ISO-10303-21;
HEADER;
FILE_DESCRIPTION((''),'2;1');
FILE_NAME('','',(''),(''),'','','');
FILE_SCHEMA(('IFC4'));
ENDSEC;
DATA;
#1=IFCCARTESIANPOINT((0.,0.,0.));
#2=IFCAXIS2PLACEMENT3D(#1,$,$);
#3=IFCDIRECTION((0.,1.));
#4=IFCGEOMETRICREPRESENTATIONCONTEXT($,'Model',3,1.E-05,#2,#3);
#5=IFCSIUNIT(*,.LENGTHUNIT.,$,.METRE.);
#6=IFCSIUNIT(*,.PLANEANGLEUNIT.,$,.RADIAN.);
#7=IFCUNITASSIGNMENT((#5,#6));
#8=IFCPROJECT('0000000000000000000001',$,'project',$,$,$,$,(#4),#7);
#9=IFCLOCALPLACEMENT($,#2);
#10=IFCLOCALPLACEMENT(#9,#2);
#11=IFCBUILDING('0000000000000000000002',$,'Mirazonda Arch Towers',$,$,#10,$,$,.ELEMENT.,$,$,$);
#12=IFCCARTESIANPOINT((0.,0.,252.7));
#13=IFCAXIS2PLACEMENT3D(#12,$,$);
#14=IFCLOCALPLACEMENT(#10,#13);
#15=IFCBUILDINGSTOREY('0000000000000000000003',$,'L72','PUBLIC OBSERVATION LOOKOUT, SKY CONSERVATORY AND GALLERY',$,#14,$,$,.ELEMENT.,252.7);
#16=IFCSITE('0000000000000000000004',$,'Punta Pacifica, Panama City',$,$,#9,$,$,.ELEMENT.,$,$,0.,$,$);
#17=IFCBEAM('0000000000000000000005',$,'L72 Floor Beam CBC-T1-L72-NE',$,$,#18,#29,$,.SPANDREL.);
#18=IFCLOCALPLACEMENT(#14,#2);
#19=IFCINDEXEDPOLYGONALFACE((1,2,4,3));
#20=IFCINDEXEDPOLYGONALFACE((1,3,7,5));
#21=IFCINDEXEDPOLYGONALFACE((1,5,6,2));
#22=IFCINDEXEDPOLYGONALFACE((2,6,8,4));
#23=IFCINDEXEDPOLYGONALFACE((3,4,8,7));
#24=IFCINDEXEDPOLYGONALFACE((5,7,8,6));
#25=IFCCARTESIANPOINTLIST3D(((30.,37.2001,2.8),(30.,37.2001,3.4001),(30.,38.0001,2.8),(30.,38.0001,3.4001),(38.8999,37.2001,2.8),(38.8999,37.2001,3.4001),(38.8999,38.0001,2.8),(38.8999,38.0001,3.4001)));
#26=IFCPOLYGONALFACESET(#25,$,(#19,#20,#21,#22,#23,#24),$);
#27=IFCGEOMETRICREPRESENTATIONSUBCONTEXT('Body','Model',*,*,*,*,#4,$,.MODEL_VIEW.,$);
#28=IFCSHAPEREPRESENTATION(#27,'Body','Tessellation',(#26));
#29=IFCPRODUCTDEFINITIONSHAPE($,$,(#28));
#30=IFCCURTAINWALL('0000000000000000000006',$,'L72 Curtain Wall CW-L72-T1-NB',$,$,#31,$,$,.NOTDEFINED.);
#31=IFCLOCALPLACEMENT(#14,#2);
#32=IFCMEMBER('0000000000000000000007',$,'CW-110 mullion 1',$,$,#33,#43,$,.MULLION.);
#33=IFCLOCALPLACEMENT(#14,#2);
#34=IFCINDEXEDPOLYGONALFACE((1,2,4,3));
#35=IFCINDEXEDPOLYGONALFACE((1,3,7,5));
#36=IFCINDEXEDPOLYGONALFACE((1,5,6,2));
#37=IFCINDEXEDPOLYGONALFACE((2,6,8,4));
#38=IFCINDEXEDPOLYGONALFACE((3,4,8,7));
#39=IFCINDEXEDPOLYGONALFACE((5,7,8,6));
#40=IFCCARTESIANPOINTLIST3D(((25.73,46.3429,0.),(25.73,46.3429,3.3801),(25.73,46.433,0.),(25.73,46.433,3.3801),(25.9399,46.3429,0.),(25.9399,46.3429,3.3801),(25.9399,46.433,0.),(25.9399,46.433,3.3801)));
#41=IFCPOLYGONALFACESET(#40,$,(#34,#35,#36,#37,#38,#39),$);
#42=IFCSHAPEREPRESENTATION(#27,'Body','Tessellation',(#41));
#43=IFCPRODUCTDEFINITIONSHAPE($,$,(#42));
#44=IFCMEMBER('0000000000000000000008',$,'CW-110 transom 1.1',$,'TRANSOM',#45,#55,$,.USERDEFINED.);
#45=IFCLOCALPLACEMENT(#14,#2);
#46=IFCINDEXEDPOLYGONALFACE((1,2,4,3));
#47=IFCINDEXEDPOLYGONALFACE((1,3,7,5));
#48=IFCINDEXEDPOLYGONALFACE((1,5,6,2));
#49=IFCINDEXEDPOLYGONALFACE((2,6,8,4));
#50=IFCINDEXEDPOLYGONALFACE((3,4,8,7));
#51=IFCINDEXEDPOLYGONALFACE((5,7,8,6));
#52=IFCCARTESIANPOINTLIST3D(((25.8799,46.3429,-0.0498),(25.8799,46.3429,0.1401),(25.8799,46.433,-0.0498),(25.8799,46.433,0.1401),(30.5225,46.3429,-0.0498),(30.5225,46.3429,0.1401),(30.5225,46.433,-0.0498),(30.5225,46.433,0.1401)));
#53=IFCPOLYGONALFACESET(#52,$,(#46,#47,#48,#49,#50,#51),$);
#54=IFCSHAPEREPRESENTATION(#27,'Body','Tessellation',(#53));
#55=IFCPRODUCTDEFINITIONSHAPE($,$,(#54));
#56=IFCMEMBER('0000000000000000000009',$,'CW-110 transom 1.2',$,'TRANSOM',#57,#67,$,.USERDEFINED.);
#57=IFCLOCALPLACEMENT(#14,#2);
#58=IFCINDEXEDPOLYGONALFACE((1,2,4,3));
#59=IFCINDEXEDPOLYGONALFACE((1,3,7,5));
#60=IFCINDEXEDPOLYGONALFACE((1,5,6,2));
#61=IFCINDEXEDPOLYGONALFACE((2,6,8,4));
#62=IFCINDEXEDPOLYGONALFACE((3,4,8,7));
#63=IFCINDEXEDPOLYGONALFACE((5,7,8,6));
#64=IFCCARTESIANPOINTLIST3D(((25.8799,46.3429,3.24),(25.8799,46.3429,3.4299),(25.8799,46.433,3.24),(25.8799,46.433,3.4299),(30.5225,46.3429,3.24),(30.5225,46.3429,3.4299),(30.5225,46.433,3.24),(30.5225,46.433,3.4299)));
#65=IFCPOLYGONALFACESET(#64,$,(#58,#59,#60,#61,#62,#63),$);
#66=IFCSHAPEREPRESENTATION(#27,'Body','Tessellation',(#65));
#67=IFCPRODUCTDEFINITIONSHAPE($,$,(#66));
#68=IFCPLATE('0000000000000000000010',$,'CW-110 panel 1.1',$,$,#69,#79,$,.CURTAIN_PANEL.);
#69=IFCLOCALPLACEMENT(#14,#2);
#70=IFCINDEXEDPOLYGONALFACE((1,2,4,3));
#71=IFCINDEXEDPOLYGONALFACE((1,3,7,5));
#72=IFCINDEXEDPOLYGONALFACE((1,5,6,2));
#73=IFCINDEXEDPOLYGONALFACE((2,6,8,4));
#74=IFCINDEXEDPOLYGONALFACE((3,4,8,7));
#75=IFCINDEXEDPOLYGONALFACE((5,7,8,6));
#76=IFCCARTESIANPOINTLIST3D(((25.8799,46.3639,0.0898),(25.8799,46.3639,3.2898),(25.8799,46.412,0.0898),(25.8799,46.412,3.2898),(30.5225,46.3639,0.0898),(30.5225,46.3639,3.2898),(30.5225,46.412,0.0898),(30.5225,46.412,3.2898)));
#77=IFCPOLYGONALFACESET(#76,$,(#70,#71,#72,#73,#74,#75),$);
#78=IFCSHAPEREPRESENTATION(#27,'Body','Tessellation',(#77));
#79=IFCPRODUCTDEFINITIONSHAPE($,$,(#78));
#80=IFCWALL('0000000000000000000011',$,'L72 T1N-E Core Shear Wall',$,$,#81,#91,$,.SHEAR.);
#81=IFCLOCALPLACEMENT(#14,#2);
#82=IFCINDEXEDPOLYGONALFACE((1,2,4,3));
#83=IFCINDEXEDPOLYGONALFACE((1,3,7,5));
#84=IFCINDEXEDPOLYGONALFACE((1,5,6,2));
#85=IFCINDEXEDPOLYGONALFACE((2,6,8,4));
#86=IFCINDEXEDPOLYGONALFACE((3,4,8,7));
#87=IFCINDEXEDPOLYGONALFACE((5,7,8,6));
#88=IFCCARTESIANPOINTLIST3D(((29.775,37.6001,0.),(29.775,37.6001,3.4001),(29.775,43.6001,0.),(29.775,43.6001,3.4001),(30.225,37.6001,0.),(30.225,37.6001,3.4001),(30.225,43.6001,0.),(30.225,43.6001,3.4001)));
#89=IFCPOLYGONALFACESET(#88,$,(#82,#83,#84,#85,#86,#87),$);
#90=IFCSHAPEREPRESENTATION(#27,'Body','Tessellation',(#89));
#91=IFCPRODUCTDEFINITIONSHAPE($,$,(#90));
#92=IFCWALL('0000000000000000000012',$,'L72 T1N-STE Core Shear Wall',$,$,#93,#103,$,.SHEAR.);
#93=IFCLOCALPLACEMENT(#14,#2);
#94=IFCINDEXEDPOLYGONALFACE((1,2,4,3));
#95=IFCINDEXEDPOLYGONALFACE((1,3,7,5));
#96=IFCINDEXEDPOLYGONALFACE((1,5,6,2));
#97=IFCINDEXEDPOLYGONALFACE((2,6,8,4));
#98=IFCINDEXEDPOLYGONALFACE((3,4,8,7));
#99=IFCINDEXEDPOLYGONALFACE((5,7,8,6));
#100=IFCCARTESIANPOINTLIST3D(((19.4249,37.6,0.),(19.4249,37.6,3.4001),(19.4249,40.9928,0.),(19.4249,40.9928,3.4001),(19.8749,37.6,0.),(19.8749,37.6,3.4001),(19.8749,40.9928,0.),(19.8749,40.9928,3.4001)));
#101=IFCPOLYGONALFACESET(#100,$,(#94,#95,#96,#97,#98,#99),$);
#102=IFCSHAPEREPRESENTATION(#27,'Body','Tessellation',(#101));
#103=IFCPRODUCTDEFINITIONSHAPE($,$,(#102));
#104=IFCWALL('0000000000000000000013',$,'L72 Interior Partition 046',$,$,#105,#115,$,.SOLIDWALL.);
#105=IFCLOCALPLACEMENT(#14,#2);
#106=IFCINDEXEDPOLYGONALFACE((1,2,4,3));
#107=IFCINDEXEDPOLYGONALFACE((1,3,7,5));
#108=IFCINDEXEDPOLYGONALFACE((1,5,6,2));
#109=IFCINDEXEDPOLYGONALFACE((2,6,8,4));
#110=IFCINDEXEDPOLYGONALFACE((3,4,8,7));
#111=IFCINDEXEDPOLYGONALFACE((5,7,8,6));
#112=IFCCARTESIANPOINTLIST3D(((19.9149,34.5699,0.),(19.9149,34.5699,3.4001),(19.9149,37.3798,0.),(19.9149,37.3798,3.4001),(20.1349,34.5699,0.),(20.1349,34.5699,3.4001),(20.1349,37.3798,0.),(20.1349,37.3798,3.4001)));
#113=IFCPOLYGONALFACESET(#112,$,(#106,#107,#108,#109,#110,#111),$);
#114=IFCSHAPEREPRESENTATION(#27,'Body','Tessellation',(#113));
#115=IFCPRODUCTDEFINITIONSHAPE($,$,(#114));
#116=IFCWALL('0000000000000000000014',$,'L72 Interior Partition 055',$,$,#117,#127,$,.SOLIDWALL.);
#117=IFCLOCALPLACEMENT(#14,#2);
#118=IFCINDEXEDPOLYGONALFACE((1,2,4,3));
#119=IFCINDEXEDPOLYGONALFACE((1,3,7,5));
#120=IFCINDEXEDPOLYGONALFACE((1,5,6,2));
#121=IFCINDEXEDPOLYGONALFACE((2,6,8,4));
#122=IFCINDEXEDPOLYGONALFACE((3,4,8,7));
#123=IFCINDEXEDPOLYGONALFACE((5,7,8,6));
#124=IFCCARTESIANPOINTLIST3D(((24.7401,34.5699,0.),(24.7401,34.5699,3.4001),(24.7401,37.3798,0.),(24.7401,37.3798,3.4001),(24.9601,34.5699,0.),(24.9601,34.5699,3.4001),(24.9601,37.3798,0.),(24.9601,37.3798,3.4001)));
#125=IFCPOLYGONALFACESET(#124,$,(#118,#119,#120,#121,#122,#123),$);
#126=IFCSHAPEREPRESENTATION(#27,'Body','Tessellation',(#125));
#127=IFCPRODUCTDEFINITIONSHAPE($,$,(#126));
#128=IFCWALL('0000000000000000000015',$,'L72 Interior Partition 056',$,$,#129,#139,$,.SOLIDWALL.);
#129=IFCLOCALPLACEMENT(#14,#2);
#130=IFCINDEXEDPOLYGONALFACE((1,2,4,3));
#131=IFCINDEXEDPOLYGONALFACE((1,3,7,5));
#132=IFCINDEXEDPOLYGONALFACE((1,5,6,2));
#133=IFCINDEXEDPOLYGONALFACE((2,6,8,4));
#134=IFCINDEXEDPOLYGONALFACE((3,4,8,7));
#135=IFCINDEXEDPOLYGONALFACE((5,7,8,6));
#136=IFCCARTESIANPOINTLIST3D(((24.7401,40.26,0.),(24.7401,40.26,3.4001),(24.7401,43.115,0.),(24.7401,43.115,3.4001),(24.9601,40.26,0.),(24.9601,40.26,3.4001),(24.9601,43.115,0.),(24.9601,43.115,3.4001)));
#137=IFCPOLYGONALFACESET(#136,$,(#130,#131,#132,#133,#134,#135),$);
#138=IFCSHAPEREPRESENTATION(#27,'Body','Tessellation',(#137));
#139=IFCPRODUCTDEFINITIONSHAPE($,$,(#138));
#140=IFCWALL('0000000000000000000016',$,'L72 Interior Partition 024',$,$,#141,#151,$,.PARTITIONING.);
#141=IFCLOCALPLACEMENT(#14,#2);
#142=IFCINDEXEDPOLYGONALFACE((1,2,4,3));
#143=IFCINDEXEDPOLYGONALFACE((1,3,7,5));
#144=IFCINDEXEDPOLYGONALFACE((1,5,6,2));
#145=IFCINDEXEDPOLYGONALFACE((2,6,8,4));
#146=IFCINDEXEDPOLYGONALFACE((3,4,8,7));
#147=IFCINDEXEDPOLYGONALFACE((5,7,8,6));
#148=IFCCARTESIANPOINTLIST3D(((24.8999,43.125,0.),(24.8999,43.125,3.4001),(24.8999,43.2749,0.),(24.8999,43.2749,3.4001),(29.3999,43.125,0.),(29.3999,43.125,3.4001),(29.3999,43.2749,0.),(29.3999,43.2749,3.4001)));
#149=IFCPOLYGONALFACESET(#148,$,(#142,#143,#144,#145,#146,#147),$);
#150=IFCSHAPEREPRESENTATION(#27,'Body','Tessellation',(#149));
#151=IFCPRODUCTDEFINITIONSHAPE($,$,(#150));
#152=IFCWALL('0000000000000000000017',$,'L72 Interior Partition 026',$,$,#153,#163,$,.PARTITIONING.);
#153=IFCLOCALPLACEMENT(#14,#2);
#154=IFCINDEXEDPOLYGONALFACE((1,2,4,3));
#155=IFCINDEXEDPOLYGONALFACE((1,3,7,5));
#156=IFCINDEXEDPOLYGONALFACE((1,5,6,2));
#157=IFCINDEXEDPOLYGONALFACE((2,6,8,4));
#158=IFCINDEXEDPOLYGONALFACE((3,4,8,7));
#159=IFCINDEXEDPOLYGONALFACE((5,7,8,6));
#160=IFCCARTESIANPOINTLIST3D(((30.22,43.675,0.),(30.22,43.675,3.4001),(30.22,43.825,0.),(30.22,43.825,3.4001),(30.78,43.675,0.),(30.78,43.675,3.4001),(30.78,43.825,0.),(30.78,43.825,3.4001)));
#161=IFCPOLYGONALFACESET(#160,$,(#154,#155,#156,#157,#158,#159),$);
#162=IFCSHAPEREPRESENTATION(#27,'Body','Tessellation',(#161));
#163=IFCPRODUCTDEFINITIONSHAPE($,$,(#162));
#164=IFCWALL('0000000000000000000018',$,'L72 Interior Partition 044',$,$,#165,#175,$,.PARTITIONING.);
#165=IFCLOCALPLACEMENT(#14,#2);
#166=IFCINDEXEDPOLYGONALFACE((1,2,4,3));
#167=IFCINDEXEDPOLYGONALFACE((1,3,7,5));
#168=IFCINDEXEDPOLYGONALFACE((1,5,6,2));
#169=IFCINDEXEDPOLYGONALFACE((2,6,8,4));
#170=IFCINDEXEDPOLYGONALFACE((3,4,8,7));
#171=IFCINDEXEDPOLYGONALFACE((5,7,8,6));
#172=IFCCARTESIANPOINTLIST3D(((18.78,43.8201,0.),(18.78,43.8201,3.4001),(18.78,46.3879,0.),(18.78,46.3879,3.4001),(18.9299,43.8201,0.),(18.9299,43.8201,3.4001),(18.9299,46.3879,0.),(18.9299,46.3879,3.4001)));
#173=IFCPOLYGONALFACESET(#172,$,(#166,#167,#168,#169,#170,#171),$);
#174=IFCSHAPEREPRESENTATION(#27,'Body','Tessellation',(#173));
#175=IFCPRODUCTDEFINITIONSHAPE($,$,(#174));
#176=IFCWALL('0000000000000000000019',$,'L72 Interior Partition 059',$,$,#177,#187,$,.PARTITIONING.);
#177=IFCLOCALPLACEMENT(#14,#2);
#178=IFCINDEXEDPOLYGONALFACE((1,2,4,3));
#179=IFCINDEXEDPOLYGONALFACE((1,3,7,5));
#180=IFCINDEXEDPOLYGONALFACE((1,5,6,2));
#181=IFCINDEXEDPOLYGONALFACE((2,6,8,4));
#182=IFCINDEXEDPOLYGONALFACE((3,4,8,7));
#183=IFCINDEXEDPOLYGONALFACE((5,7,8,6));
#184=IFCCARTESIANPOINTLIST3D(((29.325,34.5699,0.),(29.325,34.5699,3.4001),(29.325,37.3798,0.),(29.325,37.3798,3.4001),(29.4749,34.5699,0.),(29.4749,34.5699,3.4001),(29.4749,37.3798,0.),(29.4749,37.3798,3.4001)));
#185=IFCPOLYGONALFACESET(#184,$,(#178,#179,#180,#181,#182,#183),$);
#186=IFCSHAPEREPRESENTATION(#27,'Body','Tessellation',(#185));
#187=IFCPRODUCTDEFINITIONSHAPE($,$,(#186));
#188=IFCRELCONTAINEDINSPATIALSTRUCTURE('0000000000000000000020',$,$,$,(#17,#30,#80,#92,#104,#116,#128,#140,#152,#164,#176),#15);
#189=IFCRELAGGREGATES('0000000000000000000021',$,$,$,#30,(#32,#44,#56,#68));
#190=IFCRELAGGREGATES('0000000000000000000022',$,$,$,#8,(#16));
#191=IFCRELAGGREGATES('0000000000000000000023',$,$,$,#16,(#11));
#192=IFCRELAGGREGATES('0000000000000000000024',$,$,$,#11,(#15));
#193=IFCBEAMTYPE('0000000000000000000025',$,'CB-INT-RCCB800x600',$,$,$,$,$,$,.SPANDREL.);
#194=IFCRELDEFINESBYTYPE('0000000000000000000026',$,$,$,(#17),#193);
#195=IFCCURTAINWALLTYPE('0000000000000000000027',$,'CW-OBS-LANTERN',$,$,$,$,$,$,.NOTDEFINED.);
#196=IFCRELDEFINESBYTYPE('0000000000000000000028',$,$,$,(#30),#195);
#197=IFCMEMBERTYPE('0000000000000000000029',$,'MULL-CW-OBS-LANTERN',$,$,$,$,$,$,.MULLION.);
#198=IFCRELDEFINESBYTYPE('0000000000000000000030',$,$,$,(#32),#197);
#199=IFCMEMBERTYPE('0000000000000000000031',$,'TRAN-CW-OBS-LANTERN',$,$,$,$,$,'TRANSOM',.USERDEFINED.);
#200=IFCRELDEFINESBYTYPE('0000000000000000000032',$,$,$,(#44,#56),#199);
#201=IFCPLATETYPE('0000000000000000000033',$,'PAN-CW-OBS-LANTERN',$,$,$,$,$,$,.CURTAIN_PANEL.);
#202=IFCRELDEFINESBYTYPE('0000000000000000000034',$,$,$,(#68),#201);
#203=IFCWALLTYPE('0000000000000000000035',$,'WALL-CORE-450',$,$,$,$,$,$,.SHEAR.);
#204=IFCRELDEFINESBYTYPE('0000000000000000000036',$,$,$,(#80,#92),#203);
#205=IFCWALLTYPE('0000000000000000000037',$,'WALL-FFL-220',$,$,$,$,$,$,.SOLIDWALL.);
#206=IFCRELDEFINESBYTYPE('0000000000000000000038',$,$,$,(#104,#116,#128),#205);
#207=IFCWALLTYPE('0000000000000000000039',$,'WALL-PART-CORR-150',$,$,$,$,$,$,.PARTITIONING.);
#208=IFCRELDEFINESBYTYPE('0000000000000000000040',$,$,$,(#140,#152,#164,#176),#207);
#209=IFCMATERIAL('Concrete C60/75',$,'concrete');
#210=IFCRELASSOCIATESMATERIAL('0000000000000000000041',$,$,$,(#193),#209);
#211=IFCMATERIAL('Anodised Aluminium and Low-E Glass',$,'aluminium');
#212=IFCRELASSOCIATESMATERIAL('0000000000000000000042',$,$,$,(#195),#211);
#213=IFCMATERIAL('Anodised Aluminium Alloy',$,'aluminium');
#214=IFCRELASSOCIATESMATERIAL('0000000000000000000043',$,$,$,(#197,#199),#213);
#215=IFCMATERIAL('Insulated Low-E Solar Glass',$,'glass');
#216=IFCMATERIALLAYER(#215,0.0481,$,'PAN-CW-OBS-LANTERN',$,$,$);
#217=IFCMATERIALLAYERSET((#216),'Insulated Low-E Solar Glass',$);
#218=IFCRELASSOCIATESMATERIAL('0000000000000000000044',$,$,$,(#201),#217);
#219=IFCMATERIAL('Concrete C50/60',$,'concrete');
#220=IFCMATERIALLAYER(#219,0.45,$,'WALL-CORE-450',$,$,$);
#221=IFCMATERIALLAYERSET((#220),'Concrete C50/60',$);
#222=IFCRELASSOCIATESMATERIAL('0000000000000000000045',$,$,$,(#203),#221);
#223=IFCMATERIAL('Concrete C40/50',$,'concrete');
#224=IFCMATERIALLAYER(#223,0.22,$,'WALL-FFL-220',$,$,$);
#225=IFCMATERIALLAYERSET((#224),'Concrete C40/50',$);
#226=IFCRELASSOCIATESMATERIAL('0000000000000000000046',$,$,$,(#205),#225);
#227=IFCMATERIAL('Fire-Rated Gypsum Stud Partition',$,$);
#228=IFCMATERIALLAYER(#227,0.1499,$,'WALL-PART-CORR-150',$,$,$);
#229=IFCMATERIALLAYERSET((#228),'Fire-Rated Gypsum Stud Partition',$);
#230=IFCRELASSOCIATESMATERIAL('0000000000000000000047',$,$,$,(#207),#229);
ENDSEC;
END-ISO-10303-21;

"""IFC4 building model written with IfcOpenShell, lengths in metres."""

from ifc_helpers import new_model, si_unit, direction, frame, frame_2d, origin, origin_2d, place, context, subcontext, project, spatial, rectangle, extrude, material, layer, layer_set, material_profile, profile_set, type_object, element, aggregate, save


model = new_model("IFC4")

# Units and contexts
model_context = context("Model", 3, precision=1e-05, world=origin(), true_north=direction((0.0, 1.0)))
body_context = subcontext(model_context, "Body", "Model", "MODEL_VIEW")
ifc_project = project(units=[si_unit("LENGTHUNIT", "METRE"), si_unit("PLANEANGLEUNIT", "RADIAN")], contexts=[model_context])

# Site, building, storey
site_placement = place(None, origin())
site = spatial("IfcSite", under=ifc_project, at=site_placement, Name="Punta Pacifica, Panama City", CompositionType="ELEMENT", RefElevation=0.0)
building_placement = place(site_placement, origin())
building = spatial("IfcBuilding", under=site, at=building_placement, Name="Mirazonda Arch Towers", CompositionType="ELEMENT")
storey_placement = place(building_placement, frame((0.0, 0.0, 252.7)))
storey = spatial("IfcBuildingStorey", under=building, at=storey_placement, Name="L72", Description="PUBLIC OBSERVATION LOOKOUT, SKY CONSERVATORY AND GALLERY", CompositionType="ELEMENT", Elevation=252.7)

# Shared definitions
ifc_material_1 = material(Name="Concrete C50/60", Category="concrete")

# Beam
ifc_material_2 = material(Name="Concrete C60/75", Category="concrete")
ifc_material_profile_1 = material_profile(ifc_material_2, rectangle(XDim=0.8, YDim=0.6001, at=origin_2d()), Name="RCCB800x600")
ifc_profile_set_1 = profile_set([ifc_material_profile_1], Name="Concrete C60/75")
beam_type_1 = type_object("IfcBeamType", Name="CB-INT-RCCB800x600", PredefinedType="SPANDREL", material=ifc_profile_set_1)
beam_1_placement = place(storey_placement, frame((30.0, 37.6001, 3.1001), z_axis=(1.0, 0.0, 0.0), x_axis=(0.0, 1.0, 0.0)))
element("IfcBeam", 1, at=beam_1_placement, inside=storey, type_object=beam_type_1, Name="L72 Floor Beam CBC-T1-L72-NE", PredefinedType="SPANDREL", context=body_context, shape_type="SweptSolid", body=[
    extrude(rectangle(XDim=0.8, YDim=0.6001, at=origin_2d()), origin(), (0.0, 0.0, 1.0), 8.8999),
])

# Curtain wall, members, plate
ifc_material_3 = material(Name="Anodised Aluminium and Low-E Glass", Category="aluminium")
curtain_wall_type = type_object("IfcCurtainWallType", Name="CW-OBS-LANTERN", PredefinedType="NOTDEFINED", material=ifc_material_3)
curtain_wall_placement = place(storey_placement, origin())
curtain_wall = element("IfcCurtainWall", 2, at=curtain_wall_placement, inside=storey, type_object=curtain_wall_type, Name="L72 Curtain Wall CW-L72-T1-NB", PredefinedType="NOTDEFINED")
ifc_material_4 = material(Name="Anodised Aluminium Alloy", Category="aluminium")
ifc_material_profile_2 = material_profile(ifc_material_4, rectangle(XDim=0.0901, YDim=0.21, at=origin_2d()), Name="ALU-MULL-90x210")
ifc_profile_set_2 = profile_set([ifc_material_profile_2], Name="Anodised Aluminium Alloy")
member_type_1 = type_object("IfcMemberType", Name="MULL-CW-OBS-LANTERN", PredefinedType="MULLION", material=ifc_profile_set_2)
member_1_placement = place(storey_placement, frame((25.835, 46.3879, 0.0), z_axis=(0.0, 0.0, 1.0), x_axis=(0.0, 1.0, 0.0)))
member_1 = element("IfcMember", 3, at=member_1_placement, type_object=member_type_1, Name="CW-110 mullion 1", PredefinedType="MULLION", context=body_context, shape_type="SweptSolid", body=[
    extrude(rectangle(XDim=0.0901, YDim=0.21, at=origin_2d()), origin(), (0.0, 0.0, 1.0), 3.3801),
])
ifc_material_profile_3 = material_profile(ifc_material_4, rectangle(XDim=0.0901, YDim=0.1899, at=origin_2d()), Name="ALU-TRAN-90x190")
ifc_profile_set_3 = profile_set([ifc_material_profile_3], Name="Anodised Aluminium Alloy")
member_type_2 = type_object("IfcMemberType", Name="TRAN-CW-OBS-LANTERN", ElementType="TRANSOM", PredefinedType="USERDEFINED", material=ifc_profile_set_3)
member_2_placement = place(storey_placement, frame((25.8799, 46.3879, 0.0452), z_axis=(1.0, 0.0, 0.0), x_axis=(0.0, 1.0, 0.0)))
member_2 = element("IfcMember", 4, at=member_2_placement, type_object=member_type_2, Name="CW-110 transom 1.1", ObjectType="TRANSOM", PredefinedType="USERDEFINED", context=body_context, shape_type="SweptSolid", body=[
    extrude(rectangle(XDim=0.0901, YDim=0.1899, at=origin_2d()), origin(), (0.0, 0.0, 1.0), 4.6426),
])
member_3_placement = place(storey_placement, frame((25.8799, 46.3879, 3.335), z_axis=(1.0, 0.0, 0.0), x_axis=(0.0, 1.0, 0.0)))
member_3 = element("IfcMember", 5, at=member_3_placement, type_object=member_type_2, Name="CW-110 transom 1.2", ObjectType="TRANSOM", PredefinedType="USERDEFINED", context=body_context, shape_type="SweptSolid", body=[
    extrude(rectangle(XDim=0.0901, YDim=0.1899, at=origin_2d()), origin(), (0.0, 0.0, 1.0), 4.6426),
])
ifc_material_5 = material(Name="Insulated Low-E Solar Glass", Category="glass")
ifc_layer_1 = layer(ifc_material_5, 0.0481, Name="PAN-CW-OBS-LANTERN")
ifc_layer_set_1 = layer_set([ifc_layer_1], Name="Insulated Low-E Solar Glass")
plate_type = type_object("IfcPlateType", Name="PAN-CW-OBS-LANTERN", PredefinedType="CURTAIN_PANEL", material=ifc_layer_set_1)
plate_placement = place(storey_placement, frame((28.2012, 46.3879, 0.0898), z_axis=(0.0, 0.0, 1.0), x_axis=(1.0, 0.0, 0.0)))
plate = element("IfcPlate", 6, at=plate_placement, type_object=plate_type, Name="CW-110 panel 1.1", PredefinedType="CURTAIN_PANEL", context=body_context, shape_type="SweptSolid", body=[
    extrude(rectangle(XDim=4.6426, YDim=0.0481, at=origin_2d()), origin(), (0.0, 0.0, 1.0), 3.2),
])
aggregate(curtain_wall, [member_1, member_2, member_3, plate])

# Walls
ifc_layer_2 = layer(ifc_material_1, 0.45, Name="WALL-CORE-450")
ifc_layer_set_2 = layer_set([ifc_layer_2], Name="Concrete C50/60")
wall_type_1 = type_object("IfcWallType", Name="WALL-CORE-450", PredefinedType="SHEAR", material=ifc_layer_set_2)
wall_1_placement = place(storey_placement, frame((30.0, 37.6001, 0.0), z_axis=(0.0, 0.0, 1.0), x_axis=(0.0, 1.0, 0.0)))
element("IfcWall", 7, at=wall_1_placement, inside=storey, type_object=wall_type_1, Name="L72 T1N-E Core Shear Wall", PredefinedType="SHEAR", context=body_context, shape_type="SweptSolid", body=[
    extrude(rectangle(XDim=6.0, YDim=0.45, at=frame_2d((3.0, 0.0))), origin(), (0.0, 0.0, 1.0), 3.4001),
])
wall_2_placement = place(storey_placement, frame((19.6499, 37.6001, 0.0), z_axis=(0.0, 0.0, 1.0), x_axis=(0.0, 1.0, 0.0)))
element("IfcWall", 8, at=wall_2_placement, inside=storey, type_object=wall_type_1, Name="L72 T1N-STE Core Shear Wall", PredefinedType="SHEAR", context=body_context, shape_type="SweptSolid", body=[
    extrude(rectangle(XDim=3.3928, YDim=0.45, at=frame_2d((1.6963, 0.0))), origin(), (0.0, 0.0, 1.0), 3.4001),
])
ifc_material_6 = material(Name="Concrete C40/50", Category="concrete")
ifc_layer_3 = layer(ifc_material_6, 0.22, Name="WALL-FFL-220")
ifc_layer_set_3 = layer_set([ifc_layer_3], Name="Concrete C40/50")
wall_type_2 = type_object("IfcWallType", Name="WALL-FFL-220", PredefinedType="SOLIDWALL", material=ifc_layer_set_3)
for number, where, z_axis, x_axis, name in (
    (9, (20.0249, 34.5701, 0.0), (0.0, 0.0, 1.0), (0.0, 1.0, 0.0), "L72 Interior Partition 046"),
    (10, (24.8501, 34.5701, 0.0), (0.0, 0.0, 1.0), (0.0, 1.0, 0.0), "L72 Interior Partition 055"),
):
    element("IfcWall", number, at=place(storey_placement, frame(where, z_axis=z_axis, x_axis=x_axis)), inside=storey, type_object=wall_type_2, Name=name, PredefinedType="SOLIDWALL", context=body_context, shape_type="SweptSolid", body=[
        extrude(rectangle(XDim=2.8098, YDim=0.22, at=frame_2d((1.4048, 0.0))), origin(), (0.0, 0.0, 1.0), 3.4001),
    ])
wall_3_placement = place(storey_placement, frame((24.8501, 40.26, 0.0), z_axis=(0.0, 0.0, 1.0), x_axis=(0.0, 1.0, 0.0)))
element("IfcWall", 11, at=wall_3_placement, inside=storey, type_object=wall_type_2, Name="L72 Interior Partition 056", PredefinedType="SOLIDWALL", context=body_context, shape_type="SweptSolid", body=[
    extrude(rectangle(XDim=2.855, YDim=0.22, at=frame_2d((1.4275, 0.0))), origin(), (0.0, 0.0, 1.0), 3.4001),
])
ifc_material_7 = material(Name="Fire-Rated Gypsum Stud Partition")
ifc_layer_4 = layer(ifc_material_7, 0.1499, Name="WALL-PART-CORR-150")
ifc_layer_set_4 = layer_set([ifc_layer_4], Name="Fire-Rated Gypsum Stud Partition")
wall_type_3 = type_object("IfcWallType", Name="WALL-PART-CORR-150", PredefinedType="PARTITIONING", material=ifc_layer_set_4)
wall_4_placement = place(storey_placement, frame((24.8999, 43.2, 0.0), z_axis=(0.0, 0.0, 1.0), x_axis=(1.0, 0.0, 0.0)))
element("IfcWall", 12, at=wall_4_placement, inside=storey, type_object=wall_type_3, Name="L72 Interior Partition 024", PredefinedType="PARTITIONING", context=body_context, shape_type="SweptSolid", body=[
    extrude(rectangle(XDim=4.5, YDim=0.1499, at=frame_2d((2.25, 0.0))), origin(), (0.0, 0.0, 1.0), 3.4001),
])
wall_5_placement = place(storey_placement, frame((30.22, 43.75, 0.0), z_axis=(0.0, 0.0, 1.0), x_axis=(1.0, 0.0, 0.0)))
element("IfcWall", 13, at=wall_5_placement, inside=storey, type_object=wall_type_3, Name="L72 Interior Partition 026", PredefinedType="PARTITIONING", context=body_context, shape_type="SweptSolid", body=[
    extrude(rectangle(XDim=0.5601, YDim=0.1499, at=frame_2d((0.28, 0.0))), origin(), (0.0, 0.0, 1.0), 3.4001),
])
wall_6_placement = place(storey_placement, frame((18.855, 43.8201, 0.0), z_axis=(0.0, 0.0, 1.0), x_axis=(0.0, 1.0, 0.0)))
element("IfcWall", 14, at=wall_6_placement, inside=storey, type_object=wall_type_3, Name="L72 Interior Partition 044", PredefinedType="PARTITIONING", context=body_context, shape_type="SweptSolid", body=[
    extrude(rectangle(XDim=2.5679, YDim=0.1499, at=frame_2d((1.2839, 0.0))), origin(), (0.0, 0.0, 1.0), 3.4001),
])
wall_7_placement = place(storey_placement, frame((29.3999, 34.5701, 0.0), z_axis=(0.0, 0.0, 1.0), x_axis=(0.0, 1.0, 0.0)))
element("IfcWall", 15, at=wall_7_placement, inside=storey, type_object=wall_type_3, Name="L72 Interior Partition 059", PredefinedType="PARTITIONING", context=body_context, shape_type="SweptSolid", body=[
    extrude(rectangle(XDim=2.8098, YDim=0.1499, at=frame_2d((1.4048, 0.0))), origin(), (0.0, 0.0, 1.0), 3.4001),
])

save(model, "model.ifc")
